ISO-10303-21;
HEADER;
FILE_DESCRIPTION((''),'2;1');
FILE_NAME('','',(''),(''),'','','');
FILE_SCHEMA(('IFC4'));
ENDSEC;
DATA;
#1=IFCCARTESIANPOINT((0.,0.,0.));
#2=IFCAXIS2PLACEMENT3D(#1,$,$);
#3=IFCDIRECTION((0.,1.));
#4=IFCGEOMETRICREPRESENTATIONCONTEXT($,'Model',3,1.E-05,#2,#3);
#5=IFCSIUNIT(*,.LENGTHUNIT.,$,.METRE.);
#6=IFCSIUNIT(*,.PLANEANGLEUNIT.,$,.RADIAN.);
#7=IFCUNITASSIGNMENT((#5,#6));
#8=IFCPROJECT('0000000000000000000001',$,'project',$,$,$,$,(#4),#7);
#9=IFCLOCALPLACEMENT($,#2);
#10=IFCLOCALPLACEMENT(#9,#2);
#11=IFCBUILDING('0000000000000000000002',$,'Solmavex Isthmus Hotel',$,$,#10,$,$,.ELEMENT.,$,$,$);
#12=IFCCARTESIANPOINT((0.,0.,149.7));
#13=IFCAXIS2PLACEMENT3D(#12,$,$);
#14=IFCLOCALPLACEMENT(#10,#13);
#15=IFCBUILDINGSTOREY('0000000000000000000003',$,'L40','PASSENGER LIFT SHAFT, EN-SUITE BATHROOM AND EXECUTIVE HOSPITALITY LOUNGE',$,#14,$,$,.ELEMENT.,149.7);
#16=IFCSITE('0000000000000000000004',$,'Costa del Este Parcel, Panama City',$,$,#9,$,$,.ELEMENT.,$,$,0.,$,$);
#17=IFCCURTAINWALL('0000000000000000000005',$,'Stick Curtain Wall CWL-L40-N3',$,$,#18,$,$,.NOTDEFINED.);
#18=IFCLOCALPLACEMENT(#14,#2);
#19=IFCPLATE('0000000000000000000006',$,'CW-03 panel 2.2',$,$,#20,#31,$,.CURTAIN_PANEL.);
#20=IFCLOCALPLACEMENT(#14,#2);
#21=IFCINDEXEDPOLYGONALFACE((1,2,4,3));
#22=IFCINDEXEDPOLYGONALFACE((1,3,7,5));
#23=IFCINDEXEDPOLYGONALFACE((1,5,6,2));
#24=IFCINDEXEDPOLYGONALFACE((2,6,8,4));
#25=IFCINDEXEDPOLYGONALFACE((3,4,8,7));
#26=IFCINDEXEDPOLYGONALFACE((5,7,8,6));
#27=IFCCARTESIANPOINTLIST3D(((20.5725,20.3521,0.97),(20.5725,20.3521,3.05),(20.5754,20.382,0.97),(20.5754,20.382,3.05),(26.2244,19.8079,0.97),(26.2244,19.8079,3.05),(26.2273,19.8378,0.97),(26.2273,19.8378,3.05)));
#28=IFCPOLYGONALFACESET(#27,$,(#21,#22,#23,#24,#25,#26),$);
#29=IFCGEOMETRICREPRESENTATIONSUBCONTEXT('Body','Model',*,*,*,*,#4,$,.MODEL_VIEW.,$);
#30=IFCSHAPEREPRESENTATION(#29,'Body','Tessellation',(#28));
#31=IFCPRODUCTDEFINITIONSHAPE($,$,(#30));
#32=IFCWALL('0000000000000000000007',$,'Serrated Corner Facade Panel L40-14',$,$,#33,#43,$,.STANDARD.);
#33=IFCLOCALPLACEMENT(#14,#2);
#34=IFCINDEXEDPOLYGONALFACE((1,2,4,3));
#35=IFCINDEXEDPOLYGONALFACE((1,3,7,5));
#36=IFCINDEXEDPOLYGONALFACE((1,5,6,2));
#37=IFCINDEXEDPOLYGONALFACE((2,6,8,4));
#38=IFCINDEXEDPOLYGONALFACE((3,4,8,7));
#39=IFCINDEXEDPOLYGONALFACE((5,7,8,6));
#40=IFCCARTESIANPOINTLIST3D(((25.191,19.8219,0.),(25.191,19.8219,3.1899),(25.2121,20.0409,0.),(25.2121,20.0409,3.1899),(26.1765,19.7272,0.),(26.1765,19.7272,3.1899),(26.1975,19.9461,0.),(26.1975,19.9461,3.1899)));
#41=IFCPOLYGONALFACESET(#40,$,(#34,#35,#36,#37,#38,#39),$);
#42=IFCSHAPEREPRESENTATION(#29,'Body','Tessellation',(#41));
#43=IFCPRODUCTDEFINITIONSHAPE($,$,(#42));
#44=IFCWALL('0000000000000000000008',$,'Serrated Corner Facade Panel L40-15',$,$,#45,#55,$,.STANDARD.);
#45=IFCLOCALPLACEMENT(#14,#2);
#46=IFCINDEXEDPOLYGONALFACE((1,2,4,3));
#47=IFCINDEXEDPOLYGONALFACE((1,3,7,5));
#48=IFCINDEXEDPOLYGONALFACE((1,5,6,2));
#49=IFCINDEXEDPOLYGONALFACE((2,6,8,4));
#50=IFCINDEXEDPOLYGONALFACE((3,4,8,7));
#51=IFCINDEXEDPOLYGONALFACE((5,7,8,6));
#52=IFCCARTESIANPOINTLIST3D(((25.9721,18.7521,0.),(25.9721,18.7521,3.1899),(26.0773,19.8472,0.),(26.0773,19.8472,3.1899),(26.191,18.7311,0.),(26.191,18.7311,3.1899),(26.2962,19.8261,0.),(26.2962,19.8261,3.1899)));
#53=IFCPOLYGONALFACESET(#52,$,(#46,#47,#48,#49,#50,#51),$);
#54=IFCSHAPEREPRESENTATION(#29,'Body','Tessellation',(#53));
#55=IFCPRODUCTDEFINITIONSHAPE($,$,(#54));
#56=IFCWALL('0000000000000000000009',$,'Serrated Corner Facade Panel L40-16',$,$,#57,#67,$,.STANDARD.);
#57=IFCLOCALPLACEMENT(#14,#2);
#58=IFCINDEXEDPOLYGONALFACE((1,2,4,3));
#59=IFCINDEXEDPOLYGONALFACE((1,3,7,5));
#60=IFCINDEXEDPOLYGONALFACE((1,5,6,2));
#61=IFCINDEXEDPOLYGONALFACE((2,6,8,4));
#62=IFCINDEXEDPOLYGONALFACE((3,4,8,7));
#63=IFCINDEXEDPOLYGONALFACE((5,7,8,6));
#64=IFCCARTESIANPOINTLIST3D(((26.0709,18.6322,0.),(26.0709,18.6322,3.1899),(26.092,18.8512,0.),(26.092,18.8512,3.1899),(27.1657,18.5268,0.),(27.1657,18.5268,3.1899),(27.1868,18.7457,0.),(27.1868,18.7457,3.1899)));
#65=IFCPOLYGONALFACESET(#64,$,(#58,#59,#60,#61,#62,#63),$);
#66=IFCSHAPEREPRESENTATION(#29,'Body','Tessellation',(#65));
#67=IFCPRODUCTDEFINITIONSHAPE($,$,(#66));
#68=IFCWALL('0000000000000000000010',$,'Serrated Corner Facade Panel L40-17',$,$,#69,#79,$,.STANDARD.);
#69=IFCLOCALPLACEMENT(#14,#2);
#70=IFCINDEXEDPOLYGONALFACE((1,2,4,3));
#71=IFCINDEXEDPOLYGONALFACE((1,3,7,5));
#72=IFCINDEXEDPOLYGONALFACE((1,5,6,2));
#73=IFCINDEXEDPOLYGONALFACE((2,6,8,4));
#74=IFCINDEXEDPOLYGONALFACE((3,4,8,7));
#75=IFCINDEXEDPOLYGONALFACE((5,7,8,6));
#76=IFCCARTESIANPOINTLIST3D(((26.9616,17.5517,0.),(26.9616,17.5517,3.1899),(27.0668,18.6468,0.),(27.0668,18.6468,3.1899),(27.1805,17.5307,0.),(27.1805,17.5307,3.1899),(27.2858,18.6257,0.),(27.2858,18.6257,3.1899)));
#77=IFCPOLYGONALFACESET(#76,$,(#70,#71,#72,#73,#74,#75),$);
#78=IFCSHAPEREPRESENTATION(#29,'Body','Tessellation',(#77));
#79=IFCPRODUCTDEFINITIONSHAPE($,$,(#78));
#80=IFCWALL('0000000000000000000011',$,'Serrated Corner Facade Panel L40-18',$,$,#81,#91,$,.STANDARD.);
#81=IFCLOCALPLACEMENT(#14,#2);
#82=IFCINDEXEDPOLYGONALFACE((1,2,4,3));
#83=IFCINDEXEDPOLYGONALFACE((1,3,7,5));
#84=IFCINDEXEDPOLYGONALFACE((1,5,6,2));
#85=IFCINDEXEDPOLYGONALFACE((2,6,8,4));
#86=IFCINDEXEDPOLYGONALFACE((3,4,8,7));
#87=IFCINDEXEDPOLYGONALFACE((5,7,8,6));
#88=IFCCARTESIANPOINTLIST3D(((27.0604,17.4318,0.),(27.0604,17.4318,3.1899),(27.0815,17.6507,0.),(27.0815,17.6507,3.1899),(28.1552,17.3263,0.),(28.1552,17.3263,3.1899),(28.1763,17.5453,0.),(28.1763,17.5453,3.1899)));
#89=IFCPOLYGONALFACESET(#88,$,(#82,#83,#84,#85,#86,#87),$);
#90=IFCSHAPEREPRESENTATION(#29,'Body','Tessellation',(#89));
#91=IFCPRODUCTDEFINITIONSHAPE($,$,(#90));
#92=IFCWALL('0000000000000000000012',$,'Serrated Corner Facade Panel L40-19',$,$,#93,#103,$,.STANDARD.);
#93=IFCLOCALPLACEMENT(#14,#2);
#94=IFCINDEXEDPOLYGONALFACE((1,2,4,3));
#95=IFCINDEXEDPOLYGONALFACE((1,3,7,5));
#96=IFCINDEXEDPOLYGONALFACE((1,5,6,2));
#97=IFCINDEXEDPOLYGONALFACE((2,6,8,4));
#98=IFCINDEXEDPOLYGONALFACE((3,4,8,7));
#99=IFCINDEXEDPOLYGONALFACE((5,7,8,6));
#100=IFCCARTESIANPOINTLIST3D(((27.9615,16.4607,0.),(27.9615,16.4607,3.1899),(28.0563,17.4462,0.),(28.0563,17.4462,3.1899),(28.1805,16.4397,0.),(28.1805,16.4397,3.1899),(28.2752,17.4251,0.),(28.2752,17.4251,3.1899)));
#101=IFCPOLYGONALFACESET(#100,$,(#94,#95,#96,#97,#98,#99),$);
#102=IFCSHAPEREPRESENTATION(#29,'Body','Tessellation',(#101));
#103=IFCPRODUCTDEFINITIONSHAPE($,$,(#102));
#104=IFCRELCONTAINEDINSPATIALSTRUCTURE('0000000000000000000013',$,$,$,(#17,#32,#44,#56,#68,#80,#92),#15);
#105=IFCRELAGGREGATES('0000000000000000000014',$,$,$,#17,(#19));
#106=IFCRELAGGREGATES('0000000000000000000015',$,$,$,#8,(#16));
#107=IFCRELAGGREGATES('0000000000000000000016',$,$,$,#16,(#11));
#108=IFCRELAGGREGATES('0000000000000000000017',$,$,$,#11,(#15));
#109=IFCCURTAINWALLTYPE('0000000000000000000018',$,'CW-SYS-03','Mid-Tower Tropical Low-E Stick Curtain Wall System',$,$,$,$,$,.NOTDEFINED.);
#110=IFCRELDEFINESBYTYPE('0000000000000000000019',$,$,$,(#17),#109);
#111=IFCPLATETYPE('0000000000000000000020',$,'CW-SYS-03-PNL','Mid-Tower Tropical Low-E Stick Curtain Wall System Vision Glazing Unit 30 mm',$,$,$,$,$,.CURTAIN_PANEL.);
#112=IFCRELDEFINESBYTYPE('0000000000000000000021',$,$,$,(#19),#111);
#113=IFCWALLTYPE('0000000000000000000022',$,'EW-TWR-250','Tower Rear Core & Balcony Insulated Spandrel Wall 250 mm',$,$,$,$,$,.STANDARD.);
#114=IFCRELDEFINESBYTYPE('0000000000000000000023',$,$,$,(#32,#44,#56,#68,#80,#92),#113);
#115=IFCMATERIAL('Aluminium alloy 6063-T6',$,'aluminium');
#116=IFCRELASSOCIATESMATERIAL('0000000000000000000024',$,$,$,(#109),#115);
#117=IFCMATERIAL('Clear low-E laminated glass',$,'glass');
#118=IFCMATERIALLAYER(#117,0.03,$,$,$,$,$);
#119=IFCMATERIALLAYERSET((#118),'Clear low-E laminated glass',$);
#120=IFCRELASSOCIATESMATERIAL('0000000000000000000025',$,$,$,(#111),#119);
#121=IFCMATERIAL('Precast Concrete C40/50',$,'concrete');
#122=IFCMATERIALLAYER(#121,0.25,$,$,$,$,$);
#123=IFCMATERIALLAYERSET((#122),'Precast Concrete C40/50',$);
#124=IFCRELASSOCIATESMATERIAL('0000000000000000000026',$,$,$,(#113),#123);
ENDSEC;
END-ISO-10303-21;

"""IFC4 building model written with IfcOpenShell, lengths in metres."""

from ifc_helpers import new_model, si_unit, direction, frame, frame_2d, origin, origin_2d, place, context, subcontext, project, spatial, rectangle, extrude, material, layer, layer_set, type_object, element, aggregate, save


model = new_model("IFC4")

# Units and contexts
model_context = context("Model", 3, precision=1e-05, world=origin(), true_north=direction((0.0, 1.0)))
body_context = subcontext(model_context, "Body", "Model", "MODEL_VIEW")
ifc_project = project(units=[si_unit("LENGTHUNIT", "METRE"), si_unit("PLANEANGLEUNIT", "RADIAN")], contexts=[model_context])

# Site, building, storey
site_placement = place(None, origin())
site = spatial("IfcSite", under=ifc_project, at=site_placement, Name="Costa del Este Parcel, Panama City", CompositionType="ELEMENT", RefElevation=0.0)
building_placement = place(site_placement, origin())
building = spatial("IfcBuilding", under=site, at=building_placement, Name="Solmavex Isthmus Hotel", CompositionType="ELEMENT")
storey_placement = place(building_placement, frame((0.0, 0.0, 149.7)))
storey = spatial("IfcBuildingStorey", under=building, at=storey_placement, Name="L40", Description="PASSENGER LIFT SHAFT, EN-SUITE BATHROOM AND EXECUTIVE HOSPITALITY LOUNGE", CompositionType="ELEMENT", Elevation=149.7)

# Shared definitions
ifc_material_1 = material(Name="Aluminium alloy 6063-T6", Category="aluminium")
curtain_wall_type = type_object("IfcCurtainWallType", Name="CW-SYS-03", Description="Mid-Tower Tropical Low-E Stick Curtain Wall System", PredefinedType="NOTDEFINED", material=ifc_material_1)

# Curtain wall
curtain_wall_1_placement = place(storey_placement, origin())
curtain_wall_1 = element("IfcCurtainWall", 1, at=curtain_wall_1_placement, inside=storey, type_object=curtain_wall_type, Name="Stick Curtain Wall CWL-L40-N3", PredefinedType="NOTDEFINED")

# Plate
ifc_material_2 = material(Name="Clear low-E laminated glass", Category="glass")
ifc_layer_1 = layer(ifc_material_2, 0.03)
ifc_layer_set_1 = layer_set([ifc_layer_1], Name="Clear low-E laminated glass")
plate_type = type_object("IfcPlateType", Name="CW-SYS-03-PNL", Description="Mid-Tower Tropical Low-E Stick Curtain Wall System Vision Glazing Unit 30 mm", PredefinedType="CURTAIN_PANEL", material=ifc_layer_set_1)
plate_1_placement = place(storey_placement, frame((23.3999, 20.095, 0.97), z_axis=(0.0, 0.0, 1.0), x_axis=(0.995396, -0.095846, 0.0)))
plate_1 = element("IfcPlate", 2, at=plate_1_placement, type_object=plate_type, Name="CW-03 panel 2.2", PredefinedType="CURTAIN_PANEL", context=body_context, shape_type="SweptSolid", body=[
    extrude(rectangle(XDim=5.678, YDim=0.03, at=origin_2d()), origin(), (0.0, 0.0, 1.0), 2.0801),
])
aggregate(curtain_wall_1, [plate_1])

# Shared definitions
ifc_material_3 = material(Name="Precast Concrete C40/50", Category="concrete")
ifc_layer_2 = layer(ifc_material_3, 0.25)
ifc_layer_set_2 = layer_set([ifc_layer_2], Name="Precast Concrete C40/50")
wall_type = type_object("IfcWallType", Name="EW-TWR-250", Description="Tower Rear Core & Balcony Insulated Spandrel Wall 250 mm", PredefinedType="STANDARD", material=ifc_layer_set_2)

# Walls
wall_1_placement = place(storey_placement, frame((25.2014, 19.9314, 0.0), z_axis=(0.0, 0.0, 1.0), x_axis=(0.995411, -0.095694, 0.0)))
element("IfcWall", 3, at=wall_1_placement, inside=storey, type_object=wall_type, Name="Serrated Corner Facade Panel L40-14", PredefinedType="STANDARD", context=body_context, shape_type="SweptSolid", body=[
    extrude(rectangle(XDim=0.99, YDim=0.22, at=frame_2d((0.4951, 0.0))), origin(), (0.0, 0.0, 1.0), 3.1899),
])
wall_2_placement = place(storey_placement, frame((26.1868, 19.8367, 0.0), z_axis=(0.0, 0.0, 1.0), x_axis=(-0.095657, -0.995414, 0.0)))
element("IfcWall", 4, at=wall_2_placement, inside=storey, type_object=wall_type, Name="Serrated Corner Facade Panel L40-15", PredefinedType="STANDARD", context=body_context, shape_type="SweptSolid", body=[
    extrude(rectangle(XDim=1.1001, YDim=0.22, at=frame_2d((0.55, 0.0))), origin(), (0.0, 0.0, 1.0), 3.1899),
])
wall_3_placement = place(storey_placement, frame((26.0815, 18.7417, 0.0), z_axis=(0.0, 0.0, 1.0), x_axis=(0.995391, -0.095899, 0.0)))
element("IfcWall", 5, at=wall_3_placement, inside=storey, type_object=wall_type, Name="Serrated Corner Facade Panel L40-16", PredefinedType="STANDARD", context=body_context, shape_type="SweptSolid", body=[
    extrude(rectangle(XDim=1.0999, YDim=0.22, at=frame_2d((0.5498, 0.0))), origin(), (0.0, 0.0, 1.0), 3.1899),
])
wall_4_placement = place(storey_placement, frame((27.1763, 18.6362, 0.0), z_axis=(0.0, 0.0, 1.0), x_axis=(-0.095657, -0.995414, 0.0)))
element("IfcWall", 6, at=wall_4_placement, inside=storey, type_object=wall_type, Name="Serrated Corner Facade Panel L40-17", PredefinedType="STANDARD", context=body_context, shape_type="SweptSolid", body=[
    extrude(rectangle(XDim=1.1001, YDim=0.22, at=frame_2d((0.55, 0.0))), origin(), (0.0, 0.0, 1.0), 3.1899),
])
wall_5_placement = place(storey_placement, frame((27.071, 17.5413, 0.0), z_axis=(0.0, 0.0, 1.0), x_axis=(0.995391, -0.095899, 0.0)))
element("IfcWall", 7, at=wall_5_placement, inside=storey, type_object=wall_type, Name="Serrated Corner Facade Panel L40-18", PredefinedType="STANDARD", context=body_context, shape_type="SweptSolid", body=[
    extrude(rectangle(XDim=1.0999, YDim=0.22, at=frame_2d((0.5498, 0.0))), origin(), (0.0, 0.0, 1.0), 3.1899),
])
wall_6_placement = place(storey_placement, frame((28.1658, 17.4358, 0.0), z_axis=(0.0, 0.0, 1.0), x_axis=(-0.095694, -0.995411, 0.0)))
element("IfcWall", 8, at=wall_6_placement, inside=storey, type_object=wall_type, Name="Serrated Corner Facade Panel L40-19", PredefinedType="STANDARD", context=body_context, shape_type="SweptSolid", body=[
    extrude(rectangle(XDim=0.99, YDim=0.22, at=frame_2d((0.4951, 0.0))), origin(), (0.0, 0.0, 1.0), 3.1899),
])

save(model, "model.ifc")
